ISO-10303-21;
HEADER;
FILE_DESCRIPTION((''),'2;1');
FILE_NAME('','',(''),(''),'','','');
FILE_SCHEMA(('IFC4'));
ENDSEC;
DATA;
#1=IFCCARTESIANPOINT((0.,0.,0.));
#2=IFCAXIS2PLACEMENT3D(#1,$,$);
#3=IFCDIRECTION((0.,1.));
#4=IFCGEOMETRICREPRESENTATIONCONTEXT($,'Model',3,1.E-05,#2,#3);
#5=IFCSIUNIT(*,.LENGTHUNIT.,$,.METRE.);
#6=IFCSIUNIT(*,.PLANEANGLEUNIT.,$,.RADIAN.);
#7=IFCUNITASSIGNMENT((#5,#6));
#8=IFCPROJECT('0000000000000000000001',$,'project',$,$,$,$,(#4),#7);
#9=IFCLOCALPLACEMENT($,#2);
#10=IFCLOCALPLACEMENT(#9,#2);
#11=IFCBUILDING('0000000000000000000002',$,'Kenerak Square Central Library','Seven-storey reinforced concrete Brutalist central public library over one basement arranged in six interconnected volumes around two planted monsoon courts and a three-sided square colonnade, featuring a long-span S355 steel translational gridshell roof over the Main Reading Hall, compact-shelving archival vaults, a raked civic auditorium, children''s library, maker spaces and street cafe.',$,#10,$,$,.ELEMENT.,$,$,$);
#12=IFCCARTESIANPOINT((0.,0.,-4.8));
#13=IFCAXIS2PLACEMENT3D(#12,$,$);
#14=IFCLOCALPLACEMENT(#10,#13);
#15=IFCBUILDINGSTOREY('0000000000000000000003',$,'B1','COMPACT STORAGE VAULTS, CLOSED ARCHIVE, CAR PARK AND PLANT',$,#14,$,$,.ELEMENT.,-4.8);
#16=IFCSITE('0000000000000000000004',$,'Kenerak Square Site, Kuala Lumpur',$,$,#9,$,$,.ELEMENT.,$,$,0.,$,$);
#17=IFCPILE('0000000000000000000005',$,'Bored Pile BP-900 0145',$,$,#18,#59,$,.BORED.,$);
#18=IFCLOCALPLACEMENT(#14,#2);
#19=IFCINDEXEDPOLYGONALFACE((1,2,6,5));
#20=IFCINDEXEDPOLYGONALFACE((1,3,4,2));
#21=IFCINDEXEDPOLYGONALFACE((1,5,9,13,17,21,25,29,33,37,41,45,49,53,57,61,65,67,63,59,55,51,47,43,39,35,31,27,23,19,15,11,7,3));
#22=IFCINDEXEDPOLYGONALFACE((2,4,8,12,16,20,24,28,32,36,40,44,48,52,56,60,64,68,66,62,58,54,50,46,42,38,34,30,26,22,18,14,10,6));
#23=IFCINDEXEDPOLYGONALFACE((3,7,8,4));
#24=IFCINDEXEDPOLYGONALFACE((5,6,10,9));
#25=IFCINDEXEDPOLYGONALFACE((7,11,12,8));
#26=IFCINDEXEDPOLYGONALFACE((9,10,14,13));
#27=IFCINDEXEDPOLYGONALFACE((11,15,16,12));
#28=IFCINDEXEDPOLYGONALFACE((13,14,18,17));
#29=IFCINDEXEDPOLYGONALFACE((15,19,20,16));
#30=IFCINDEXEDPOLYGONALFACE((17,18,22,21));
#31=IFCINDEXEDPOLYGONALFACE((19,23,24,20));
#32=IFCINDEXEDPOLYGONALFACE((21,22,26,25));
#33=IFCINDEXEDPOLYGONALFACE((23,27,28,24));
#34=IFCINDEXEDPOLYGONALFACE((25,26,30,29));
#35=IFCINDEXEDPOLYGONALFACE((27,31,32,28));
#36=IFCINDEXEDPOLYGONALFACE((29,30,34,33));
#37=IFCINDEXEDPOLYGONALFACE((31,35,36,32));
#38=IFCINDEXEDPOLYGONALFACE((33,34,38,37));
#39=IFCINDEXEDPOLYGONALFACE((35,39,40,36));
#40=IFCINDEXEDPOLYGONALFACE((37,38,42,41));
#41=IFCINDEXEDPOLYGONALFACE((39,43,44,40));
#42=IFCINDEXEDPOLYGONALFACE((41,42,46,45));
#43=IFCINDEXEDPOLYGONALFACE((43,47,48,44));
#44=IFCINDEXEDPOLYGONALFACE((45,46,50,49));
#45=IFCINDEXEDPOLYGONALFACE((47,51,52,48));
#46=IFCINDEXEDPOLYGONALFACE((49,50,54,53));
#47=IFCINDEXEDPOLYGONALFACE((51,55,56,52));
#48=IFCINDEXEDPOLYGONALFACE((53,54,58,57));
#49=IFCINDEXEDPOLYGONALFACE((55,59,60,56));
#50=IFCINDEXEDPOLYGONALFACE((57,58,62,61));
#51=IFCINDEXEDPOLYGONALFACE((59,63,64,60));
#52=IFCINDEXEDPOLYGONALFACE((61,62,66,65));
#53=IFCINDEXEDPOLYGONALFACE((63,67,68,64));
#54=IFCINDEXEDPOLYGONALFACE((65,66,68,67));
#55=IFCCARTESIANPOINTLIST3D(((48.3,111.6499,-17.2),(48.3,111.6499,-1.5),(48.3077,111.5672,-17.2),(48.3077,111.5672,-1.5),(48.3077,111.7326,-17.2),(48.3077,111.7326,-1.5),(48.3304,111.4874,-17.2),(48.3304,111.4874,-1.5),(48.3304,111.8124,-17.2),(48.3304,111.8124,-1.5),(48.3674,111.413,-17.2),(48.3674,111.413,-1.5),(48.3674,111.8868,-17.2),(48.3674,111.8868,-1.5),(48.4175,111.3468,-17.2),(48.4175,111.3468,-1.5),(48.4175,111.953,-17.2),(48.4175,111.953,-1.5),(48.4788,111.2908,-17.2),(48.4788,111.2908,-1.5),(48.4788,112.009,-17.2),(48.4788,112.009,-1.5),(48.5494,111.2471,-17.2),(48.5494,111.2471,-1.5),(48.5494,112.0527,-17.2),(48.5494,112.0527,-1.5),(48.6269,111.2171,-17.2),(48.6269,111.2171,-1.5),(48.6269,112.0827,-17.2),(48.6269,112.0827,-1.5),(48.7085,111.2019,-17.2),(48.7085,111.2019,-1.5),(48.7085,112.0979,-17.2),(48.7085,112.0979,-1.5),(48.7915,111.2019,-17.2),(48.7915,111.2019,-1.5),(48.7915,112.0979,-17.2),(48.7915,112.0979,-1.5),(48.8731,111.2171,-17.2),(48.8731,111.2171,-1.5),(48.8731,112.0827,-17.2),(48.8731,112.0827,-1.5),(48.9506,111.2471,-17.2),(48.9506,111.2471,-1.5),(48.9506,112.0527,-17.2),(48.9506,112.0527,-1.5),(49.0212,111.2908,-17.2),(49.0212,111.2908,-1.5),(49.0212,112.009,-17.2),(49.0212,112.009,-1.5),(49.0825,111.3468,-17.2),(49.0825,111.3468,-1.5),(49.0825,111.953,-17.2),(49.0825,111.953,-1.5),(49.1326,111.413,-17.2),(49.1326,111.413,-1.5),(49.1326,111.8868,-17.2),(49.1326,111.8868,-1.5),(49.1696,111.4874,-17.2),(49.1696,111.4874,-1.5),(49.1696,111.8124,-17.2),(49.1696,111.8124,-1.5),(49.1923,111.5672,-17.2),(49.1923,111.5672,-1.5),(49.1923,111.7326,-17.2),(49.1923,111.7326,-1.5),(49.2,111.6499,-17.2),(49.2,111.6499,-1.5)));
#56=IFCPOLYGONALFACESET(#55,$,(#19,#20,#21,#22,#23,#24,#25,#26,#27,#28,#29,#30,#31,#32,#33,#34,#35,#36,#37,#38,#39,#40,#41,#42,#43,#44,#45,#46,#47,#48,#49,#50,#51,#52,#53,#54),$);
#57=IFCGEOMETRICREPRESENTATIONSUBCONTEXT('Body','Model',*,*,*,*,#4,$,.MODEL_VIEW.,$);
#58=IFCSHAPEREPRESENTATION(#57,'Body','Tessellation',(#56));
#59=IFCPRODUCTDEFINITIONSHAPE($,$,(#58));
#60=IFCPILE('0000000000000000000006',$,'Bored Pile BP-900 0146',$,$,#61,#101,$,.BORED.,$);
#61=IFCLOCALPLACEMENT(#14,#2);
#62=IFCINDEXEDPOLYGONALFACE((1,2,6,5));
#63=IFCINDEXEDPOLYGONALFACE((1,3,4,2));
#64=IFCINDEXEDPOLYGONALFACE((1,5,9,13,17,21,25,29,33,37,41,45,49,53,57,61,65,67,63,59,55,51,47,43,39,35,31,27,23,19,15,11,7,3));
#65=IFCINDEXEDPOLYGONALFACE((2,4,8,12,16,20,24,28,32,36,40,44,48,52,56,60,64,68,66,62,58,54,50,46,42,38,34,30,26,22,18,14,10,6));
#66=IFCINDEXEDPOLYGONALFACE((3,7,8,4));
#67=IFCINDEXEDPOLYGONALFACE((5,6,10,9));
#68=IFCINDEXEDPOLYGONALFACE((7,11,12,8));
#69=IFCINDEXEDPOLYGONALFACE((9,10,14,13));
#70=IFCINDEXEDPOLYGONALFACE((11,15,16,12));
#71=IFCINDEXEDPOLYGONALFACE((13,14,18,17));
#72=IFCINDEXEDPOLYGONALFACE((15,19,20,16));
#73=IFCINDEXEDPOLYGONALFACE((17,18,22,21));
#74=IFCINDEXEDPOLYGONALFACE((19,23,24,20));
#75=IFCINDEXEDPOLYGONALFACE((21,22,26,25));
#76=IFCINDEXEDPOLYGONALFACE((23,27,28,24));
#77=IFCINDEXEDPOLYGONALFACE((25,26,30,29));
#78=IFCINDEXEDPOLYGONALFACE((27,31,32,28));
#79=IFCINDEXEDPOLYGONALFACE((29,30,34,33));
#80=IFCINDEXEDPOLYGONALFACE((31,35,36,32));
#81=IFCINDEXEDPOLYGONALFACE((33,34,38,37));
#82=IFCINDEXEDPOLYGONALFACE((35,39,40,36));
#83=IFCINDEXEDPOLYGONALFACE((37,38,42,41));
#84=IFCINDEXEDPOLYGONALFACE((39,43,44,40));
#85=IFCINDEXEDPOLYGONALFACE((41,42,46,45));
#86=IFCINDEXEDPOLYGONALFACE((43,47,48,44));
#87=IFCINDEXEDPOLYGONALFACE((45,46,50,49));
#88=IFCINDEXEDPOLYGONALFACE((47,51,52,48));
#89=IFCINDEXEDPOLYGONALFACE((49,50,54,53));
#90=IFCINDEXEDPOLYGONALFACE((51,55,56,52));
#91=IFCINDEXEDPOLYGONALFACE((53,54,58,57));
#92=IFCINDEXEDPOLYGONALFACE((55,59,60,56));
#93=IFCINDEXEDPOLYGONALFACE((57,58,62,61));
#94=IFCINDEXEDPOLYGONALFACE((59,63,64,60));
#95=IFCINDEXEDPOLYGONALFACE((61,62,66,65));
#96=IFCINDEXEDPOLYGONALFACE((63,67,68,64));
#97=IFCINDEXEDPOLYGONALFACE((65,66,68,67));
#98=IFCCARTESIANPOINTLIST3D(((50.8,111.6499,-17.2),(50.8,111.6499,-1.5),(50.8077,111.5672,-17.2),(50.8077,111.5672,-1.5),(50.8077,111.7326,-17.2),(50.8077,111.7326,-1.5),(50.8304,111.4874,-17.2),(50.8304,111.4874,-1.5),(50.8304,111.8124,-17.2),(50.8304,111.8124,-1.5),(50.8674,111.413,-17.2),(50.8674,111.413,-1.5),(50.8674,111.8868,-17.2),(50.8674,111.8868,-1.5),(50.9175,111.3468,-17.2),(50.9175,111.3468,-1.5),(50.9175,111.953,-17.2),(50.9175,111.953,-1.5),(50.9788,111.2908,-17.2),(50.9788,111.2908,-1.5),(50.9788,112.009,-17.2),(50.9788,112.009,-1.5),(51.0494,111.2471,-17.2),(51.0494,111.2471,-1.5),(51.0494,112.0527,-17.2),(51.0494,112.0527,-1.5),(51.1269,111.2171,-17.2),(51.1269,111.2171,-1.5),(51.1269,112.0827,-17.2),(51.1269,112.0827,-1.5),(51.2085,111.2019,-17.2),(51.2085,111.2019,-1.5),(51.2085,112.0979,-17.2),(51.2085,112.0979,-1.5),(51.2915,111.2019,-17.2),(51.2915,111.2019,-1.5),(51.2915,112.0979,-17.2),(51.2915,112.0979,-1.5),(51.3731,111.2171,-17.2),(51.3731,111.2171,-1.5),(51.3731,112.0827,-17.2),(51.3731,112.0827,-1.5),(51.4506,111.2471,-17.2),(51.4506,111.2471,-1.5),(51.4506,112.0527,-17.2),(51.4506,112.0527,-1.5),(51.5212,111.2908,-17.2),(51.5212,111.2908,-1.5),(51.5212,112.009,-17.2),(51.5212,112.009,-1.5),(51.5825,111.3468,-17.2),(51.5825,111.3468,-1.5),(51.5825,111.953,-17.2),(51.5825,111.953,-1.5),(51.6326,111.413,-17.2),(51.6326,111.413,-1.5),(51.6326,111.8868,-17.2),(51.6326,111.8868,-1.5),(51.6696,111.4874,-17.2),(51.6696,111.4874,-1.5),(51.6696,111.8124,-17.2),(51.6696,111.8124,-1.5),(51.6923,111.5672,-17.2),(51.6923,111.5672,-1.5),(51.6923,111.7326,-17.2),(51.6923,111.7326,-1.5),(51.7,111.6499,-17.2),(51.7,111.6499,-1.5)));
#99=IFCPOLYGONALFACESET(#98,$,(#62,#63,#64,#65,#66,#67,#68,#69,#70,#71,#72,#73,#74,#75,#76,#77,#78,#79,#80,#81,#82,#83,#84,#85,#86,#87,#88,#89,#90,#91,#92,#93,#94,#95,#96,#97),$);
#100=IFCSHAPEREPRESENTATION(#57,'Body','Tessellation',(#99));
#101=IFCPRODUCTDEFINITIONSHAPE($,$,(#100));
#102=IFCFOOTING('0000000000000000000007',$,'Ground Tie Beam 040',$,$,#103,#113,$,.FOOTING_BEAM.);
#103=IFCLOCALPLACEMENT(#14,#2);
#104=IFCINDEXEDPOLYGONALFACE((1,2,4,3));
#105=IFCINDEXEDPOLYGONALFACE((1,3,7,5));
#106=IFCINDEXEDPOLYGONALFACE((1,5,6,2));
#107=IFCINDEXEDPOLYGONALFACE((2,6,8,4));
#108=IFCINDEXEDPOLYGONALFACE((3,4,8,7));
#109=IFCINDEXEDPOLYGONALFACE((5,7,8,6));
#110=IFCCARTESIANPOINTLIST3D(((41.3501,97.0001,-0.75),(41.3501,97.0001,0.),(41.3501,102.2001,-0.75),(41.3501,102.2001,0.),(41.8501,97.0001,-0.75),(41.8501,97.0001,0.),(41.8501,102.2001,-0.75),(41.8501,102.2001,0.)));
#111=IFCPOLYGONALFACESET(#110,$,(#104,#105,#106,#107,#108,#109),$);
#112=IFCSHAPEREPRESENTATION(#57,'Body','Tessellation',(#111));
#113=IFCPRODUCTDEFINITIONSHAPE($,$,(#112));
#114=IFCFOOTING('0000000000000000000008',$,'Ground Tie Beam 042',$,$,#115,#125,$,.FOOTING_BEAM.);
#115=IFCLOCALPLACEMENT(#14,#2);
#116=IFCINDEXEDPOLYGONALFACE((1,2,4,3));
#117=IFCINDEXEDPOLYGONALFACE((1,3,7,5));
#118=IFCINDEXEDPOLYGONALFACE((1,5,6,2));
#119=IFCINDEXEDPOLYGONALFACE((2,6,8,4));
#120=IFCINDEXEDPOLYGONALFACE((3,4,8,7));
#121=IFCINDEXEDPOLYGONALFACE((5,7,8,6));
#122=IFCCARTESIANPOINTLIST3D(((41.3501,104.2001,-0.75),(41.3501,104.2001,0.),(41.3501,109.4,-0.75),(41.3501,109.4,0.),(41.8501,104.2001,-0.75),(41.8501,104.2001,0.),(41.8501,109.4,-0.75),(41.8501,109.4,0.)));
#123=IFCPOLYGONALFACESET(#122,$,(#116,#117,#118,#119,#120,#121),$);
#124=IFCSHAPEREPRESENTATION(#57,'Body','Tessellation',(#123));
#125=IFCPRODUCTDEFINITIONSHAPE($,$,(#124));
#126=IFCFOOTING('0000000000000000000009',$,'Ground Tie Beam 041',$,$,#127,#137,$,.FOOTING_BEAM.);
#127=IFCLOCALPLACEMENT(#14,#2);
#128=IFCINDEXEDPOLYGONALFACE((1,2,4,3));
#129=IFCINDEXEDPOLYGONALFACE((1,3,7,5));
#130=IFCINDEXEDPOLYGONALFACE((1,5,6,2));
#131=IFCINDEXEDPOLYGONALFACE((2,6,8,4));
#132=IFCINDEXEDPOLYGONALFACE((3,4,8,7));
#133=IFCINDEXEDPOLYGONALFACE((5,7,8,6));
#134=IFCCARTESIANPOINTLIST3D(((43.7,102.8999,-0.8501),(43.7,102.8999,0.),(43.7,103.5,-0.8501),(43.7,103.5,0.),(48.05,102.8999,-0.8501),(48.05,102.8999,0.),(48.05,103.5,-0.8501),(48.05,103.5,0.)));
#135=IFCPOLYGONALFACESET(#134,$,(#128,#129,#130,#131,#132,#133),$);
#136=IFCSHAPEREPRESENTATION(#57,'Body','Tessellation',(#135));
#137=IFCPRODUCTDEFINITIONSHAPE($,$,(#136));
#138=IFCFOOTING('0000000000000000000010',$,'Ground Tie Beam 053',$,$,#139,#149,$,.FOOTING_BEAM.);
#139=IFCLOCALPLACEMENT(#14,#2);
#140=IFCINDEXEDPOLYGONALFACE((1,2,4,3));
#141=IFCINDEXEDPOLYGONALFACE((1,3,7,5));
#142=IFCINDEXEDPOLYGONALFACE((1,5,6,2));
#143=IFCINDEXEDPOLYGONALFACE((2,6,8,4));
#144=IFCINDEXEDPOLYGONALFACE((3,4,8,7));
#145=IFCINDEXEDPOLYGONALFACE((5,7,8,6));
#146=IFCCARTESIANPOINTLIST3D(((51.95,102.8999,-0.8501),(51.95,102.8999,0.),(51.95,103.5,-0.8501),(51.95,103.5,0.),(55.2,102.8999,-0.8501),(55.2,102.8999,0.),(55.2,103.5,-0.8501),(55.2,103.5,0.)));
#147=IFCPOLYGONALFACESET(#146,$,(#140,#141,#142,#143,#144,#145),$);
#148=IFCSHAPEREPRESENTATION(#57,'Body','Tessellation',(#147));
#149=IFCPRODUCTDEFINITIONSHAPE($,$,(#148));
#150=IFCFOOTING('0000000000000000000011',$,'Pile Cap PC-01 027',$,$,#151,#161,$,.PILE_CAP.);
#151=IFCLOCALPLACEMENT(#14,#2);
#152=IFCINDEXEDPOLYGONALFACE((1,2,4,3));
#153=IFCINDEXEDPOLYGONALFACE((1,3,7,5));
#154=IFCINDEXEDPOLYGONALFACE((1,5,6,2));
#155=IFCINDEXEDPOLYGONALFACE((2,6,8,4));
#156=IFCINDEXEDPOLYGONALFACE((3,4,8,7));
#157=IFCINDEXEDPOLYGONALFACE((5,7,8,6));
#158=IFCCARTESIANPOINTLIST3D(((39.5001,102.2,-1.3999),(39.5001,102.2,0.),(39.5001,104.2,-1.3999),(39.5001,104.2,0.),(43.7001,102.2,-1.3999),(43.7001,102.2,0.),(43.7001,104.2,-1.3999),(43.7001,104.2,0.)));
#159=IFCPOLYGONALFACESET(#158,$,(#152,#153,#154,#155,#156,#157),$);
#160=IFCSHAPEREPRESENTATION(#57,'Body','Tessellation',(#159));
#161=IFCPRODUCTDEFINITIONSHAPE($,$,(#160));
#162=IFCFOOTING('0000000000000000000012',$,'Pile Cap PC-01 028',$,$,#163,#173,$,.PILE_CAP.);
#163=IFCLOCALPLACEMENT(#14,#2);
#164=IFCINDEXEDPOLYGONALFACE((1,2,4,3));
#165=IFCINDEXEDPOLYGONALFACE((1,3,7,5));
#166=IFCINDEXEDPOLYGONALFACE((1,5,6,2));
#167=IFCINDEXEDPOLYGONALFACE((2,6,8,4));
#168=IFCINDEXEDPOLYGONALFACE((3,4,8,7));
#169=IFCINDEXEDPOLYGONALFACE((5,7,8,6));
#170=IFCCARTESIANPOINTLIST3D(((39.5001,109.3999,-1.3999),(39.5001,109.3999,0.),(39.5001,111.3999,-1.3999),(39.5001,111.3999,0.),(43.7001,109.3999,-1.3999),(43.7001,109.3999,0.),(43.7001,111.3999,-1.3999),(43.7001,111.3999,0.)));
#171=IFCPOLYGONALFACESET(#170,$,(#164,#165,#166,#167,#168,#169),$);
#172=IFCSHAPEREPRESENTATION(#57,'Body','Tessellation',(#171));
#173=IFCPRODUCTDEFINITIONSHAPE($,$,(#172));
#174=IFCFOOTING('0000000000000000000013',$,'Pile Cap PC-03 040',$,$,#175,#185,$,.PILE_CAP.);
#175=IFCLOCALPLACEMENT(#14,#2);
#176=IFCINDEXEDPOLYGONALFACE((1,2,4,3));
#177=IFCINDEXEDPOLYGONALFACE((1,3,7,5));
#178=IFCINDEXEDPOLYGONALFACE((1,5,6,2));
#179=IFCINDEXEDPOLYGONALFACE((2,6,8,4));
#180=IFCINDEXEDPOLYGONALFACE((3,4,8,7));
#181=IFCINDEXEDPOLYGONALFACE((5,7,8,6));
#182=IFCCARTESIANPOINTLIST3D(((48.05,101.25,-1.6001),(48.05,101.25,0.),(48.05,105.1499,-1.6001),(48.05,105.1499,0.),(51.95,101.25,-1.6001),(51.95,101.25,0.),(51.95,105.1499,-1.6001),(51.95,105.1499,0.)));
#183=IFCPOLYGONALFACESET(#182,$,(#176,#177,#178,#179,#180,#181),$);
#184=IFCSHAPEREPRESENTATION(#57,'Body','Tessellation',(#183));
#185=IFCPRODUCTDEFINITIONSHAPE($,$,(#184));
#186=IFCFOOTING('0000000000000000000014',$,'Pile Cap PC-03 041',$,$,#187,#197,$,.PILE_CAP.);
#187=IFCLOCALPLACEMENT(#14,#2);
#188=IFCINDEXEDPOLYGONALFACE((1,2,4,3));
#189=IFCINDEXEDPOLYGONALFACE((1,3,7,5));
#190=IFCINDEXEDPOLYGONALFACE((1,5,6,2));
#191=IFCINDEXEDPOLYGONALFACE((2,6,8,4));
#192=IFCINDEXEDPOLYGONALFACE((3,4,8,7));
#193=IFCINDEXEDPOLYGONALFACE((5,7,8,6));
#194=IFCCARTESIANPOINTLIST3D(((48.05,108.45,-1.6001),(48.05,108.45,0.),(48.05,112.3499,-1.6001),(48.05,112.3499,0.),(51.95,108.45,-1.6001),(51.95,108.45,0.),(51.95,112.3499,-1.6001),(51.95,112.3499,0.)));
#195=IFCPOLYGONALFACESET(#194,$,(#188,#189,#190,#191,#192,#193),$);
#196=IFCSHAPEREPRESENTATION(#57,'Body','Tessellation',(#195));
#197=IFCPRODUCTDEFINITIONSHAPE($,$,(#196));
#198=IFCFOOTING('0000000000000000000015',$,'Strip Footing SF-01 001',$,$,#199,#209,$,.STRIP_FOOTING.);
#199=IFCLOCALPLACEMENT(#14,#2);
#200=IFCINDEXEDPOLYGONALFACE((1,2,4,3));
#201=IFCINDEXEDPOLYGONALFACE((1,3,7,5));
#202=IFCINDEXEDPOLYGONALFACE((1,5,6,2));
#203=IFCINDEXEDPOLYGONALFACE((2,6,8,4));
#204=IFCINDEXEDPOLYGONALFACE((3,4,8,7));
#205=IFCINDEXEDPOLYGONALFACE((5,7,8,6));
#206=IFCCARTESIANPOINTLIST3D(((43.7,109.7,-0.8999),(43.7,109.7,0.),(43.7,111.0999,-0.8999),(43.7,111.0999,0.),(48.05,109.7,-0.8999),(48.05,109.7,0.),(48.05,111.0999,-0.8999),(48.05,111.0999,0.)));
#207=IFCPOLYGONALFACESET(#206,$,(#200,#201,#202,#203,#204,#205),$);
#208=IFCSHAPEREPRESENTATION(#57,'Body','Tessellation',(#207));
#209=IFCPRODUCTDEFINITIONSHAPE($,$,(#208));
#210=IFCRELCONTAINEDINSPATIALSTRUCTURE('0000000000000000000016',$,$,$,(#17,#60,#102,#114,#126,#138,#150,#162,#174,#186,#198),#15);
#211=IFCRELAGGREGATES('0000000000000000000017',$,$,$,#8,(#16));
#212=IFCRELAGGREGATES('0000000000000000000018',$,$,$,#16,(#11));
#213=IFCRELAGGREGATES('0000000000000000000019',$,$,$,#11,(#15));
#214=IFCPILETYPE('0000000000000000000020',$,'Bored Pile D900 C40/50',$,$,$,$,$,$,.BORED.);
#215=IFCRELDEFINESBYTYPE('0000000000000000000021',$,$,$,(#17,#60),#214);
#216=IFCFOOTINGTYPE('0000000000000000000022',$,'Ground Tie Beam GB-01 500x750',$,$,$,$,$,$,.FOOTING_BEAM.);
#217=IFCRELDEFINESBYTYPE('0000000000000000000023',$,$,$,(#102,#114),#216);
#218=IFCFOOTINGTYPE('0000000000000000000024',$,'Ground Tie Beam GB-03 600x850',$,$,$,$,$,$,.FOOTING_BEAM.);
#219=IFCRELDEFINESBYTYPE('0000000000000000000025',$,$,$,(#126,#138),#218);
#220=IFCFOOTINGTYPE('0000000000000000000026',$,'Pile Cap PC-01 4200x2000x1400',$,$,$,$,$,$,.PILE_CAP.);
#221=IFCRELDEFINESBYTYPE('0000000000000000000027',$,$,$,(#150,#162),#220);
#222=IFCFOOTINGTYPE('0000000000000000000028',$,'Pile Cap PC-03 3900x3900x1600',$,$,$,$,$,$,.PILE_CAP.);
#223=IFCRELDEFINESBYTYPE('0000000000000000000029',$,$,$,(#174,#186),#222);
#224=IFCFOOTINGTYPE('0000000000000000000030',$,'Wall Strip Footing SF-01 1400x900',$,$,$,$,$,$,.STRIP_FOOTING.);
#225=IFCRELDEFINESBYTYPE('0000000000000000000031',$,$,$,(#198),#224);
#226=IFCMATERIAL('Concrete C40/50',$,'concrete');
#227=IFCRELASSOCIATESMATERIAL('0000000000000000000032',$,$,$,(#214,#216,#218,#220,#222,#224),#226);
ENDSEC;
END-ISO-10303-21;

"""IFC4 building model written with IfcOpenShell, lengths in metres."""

from ifc_helpers import new_model, si_unit, direction, frame, origin, origin_2d, place, context, subcontext, project, spatial, rectangle, circle, extrude, material, material_profile, profile_set, type_object, element, save


model = new_model("IFC4")

# Units and contexts
model_context = context("Model", 3, precision=1e-05, world=origin(), true_north=direction((0.0, 1.0)))
body_context = subcontext(model_context, "Body", "Model", "MODEL_VIEW")
ifc_project = project(units=[si_unit("LENGTHUNIT", "METRE"), si_unit("PLANEANGLEUNIT", "RADIAN")], contexts=[model_context])

# Site, building, storey
site_placement = place(None, origin())
site = spatial("IfcSite", under=ifc_project, at=site_placement, Name="Kenerak Square Site, Kuala Lumpur", CompositionType="ELEMENT", RefElevation=0.0)
building_placement = place(site_placement, origin())
building = spatial("IfcBuilding", under=site, at=building_placement, Name="Kenerak Square Central Library", Description="Seven-storey reinforced concrete Brutalist central public library over one basement arranged in six interconnected volumes around two planted monsoon courts and a three-sided square colonnade, featuring a long-span S355 steel translational gridshell roof over the Main Reading Hall, compact-shelving archival vaults, a raked civic auditorium, children's library, maker spaces and street cafe.", CompositionType="ELEMENT")
storey_placement = place(building_placement, frame((0.0, 0.0, -4.8)))
storey = spatial("IfcBuildingStorey", under=building, at=storey_placement, Name="B1", Description="COMPACT STORAGE VAULTS, CLOSED ARCHIVE, CAR PARK AND PLANT", CompositionType="ELEMENT", Elevation=-4.8)

# Piles
ifc_material_1 = material(Name="Concrete C40/50", Category="concrete")
ifc_material_profile_1 = material_profile(ifc_material_1, circle(Radius=0.45, at=origin_2d()), Name="BP D900")
ifc_profile_set_1 = profile_set([ifc_material_profile_1], Name="Concrete C40/50")
pile_type = type_object("IfcPileType", Name="Bored Pile D900 C40/50", PredefinedType="BORED", material=ifc_profile_set_1)
for number, where, z_axis, x_axis, name in (
    (1, (48.75, 111.6499, -1.5), (0.0, 0.0, -1.0), (1.0, 0.0, 0.0), "Bored Pile BP-900 0145"),
    (2, (51.25, 111.6499, -1.5), (0.0, 0.0, -1.0), (1.0, 0.0, 0.0), "Bored Pile BP-900 0146"),
):
    element("IfcPile", number, at=place(storey_placement, frame(where, z_axis=z_axis, x_axis=x_axis)), inside=storey, type_object=pile_type, Name=name, PredefinedType="BORED", context=body_context, shape_type="SweptSolid", body=[
        extrude(circle(Radius=0.45, at=origin_2d()), origin(), (0.0, 0.0, 1.0), 15.7),
    ])

# Footings
footing_type_1 = type_object("IfcFootingType", Name="Ground Tie Beam GB-01 500x750", PredefinedType="FOOTING_BEAM", material=ifc_material_1)
for number, where, z_axis, x_axis, name in (
    (3, (41.6001, 99.6001, -0.75), (0.0, 0.0, 1.0), (1.0, 0.0, 0.0), "Ground Tie Beam 040"),
    (4, (41.6001, 106.8, -0.75), (0.0, 0.0, 1.0), (1.0, 0.0, 0.0), "Ground Tie Beam 042"),
):
    element("IfcFooting", number, at=place(storey_placement, frame(where, z_axis=z_axis, x_axis=x_axis)), inside=storey, type_object=footing_type_1, Name=name, PredefinedType="FOOTING_BEAM", context=body_context, shape_type="SweptSolid", body=[
        extrude(rectangle(XDim=0.5, YDim=5.2, at=origin_2d()), origin(), (0.0, 0.0, 1.0), 0.75),
    ])
footing_type_2 = type_object("IfcFootingType", Name="Ground Tie Beam GB-03 600x850", PredefinedType="FOOTING_BEAM", material=ifc_material_1)
footing_1_placement = place(storey_placement, frame((45.875, 103.2, -0.8501), z_axis=(0.0, 0.0, 1.0), x_axis=(1.0, 0.0, 0.0)))
element("IfcFooting", 5, at=footing_1_placement, inside=storey, type_object=footing_type_2, Name="Ground Tie Beam 041", PredefinedType="FOOTING_BEAM", context=body_context, shape_type="SweptSolid", body=[
    extrude(rectangle(XDim=4.3501, YDim=0.6001, at=origin_2d()), origin(), (0.0, 0.0, 1.0), 0.8501),
])
footing_2_placement = place(storey_placement, frame((53.575, 103.2, -0.8501), z_axis=(0.0, 0.0, 1.0), x_axis=(1.0, 0.0, 0.0)))
element("IfcFooting", 6, at=footing_2_placement, inside=storey, type_object=footing_type_2, Name="Ground Tie Beam 053", PredefinedType="FOOTING_BEAM", context=body_context, shape_type="SweptSolid", body=[
    extrude(rectangle(XDim=3.25, YDim=0.6001, at=origin_2d()), origin(), (0.0, 0.0, 1.0), 0.8501),
])
footing_type_3 = type_object("IfcFootingType", Name="Pile Cap PC-01 4200x2000x1400", PredefinedType="PILE_CAP", material=ifc_material_1)
for number, where, z_axis, x_axis, name in (
    (7, (41.6001, 103.2, -1.3999), (0.0, 0.0, 1.0), (1.0, 0.0, 0.0), "Pile Cap PC-01 027"),
    (8, (41.6001, 110.3999, -1.3999), (0.0, 0.0, 1.0), (1.0, 0.0, 0.0), "Pile Cap PC-01 028"),
):
    element("IfcFooting", number, at=place(storey_placement, frame(where, z_axis=z_axis, x_axis=x_axis)), inside=storey, type_object=footing_type_3, Name=name, PredefinedType="PILE_CAP", context=body_context, shape_type="SweptSolid", body=[
        extrude(rectangle(XDim=4.2, YDim=2.0, at=origin_2d()), origin(), (0.0, 0.0, 1.0), 1.3999),
    ])
footing_type_4 = type_object("IfcFootingType", Name="Pile Cap PC-03 3900x3900x1600", PredefinedType="PILE_CAP", material=ifc_material_1)
for number, where, z_axis, x_axis, name in (
    (9, (50.0, 103.2, -1.6001), (0.0, 0.0, 1.0), (1.0, 0.0, 0.0), "Pile Cap PC-03 040"),
    (10, (50.0, 110.3999, -1.6001), (0.0, 0.0, 1.0), (1.0, 0.0, 0.0), "Pile Cap PC-03 041"),
):
    element("IfcFooting", number, at=place(storey_placement, frame(where, z_axis=z_axis, x_axis=x_axis)), inside=storey, type_object=footing_type_4, Name=name, PredefinedType="PILE_CAP", context=body_context, shape_type="SweptSolid", body=[
        extrude(rectangle(XDim=3.8999, YDim=3.8999, at=origin_2d()), origin(), (0.0, 0.0, 1.0), 1.6001),
    ])
footing_type_5 = type_object("IfcFootingType", Name="Wall Strip Footing SF-01 1400x900", PredefinedType="STRIP_FOOTING", material=ifc_material_1)
footing_3_placement = place(storey_placement, frame((45.875, 110.3999, -0.8999), z_axis=(0.0, 0.0, 1.0), x_axis=(1.0, 0.0, 0.0)))
element("IfcFooting", 11, at=footing_3_placement, inside=storey, type_object=footing_type_5, Name="Strip Footing SF-01 001", PredefinedType="STRIP_FOOTING", context=body_context, shape_type="SweptSolid", body=[
    extrude(rectangle(XDim=4.3501, YDim=1.3999, at=origin_2d()), origin(), (0.0, 0.0, 1.0), 0.8999),
])

save(model, "model.ifc")
